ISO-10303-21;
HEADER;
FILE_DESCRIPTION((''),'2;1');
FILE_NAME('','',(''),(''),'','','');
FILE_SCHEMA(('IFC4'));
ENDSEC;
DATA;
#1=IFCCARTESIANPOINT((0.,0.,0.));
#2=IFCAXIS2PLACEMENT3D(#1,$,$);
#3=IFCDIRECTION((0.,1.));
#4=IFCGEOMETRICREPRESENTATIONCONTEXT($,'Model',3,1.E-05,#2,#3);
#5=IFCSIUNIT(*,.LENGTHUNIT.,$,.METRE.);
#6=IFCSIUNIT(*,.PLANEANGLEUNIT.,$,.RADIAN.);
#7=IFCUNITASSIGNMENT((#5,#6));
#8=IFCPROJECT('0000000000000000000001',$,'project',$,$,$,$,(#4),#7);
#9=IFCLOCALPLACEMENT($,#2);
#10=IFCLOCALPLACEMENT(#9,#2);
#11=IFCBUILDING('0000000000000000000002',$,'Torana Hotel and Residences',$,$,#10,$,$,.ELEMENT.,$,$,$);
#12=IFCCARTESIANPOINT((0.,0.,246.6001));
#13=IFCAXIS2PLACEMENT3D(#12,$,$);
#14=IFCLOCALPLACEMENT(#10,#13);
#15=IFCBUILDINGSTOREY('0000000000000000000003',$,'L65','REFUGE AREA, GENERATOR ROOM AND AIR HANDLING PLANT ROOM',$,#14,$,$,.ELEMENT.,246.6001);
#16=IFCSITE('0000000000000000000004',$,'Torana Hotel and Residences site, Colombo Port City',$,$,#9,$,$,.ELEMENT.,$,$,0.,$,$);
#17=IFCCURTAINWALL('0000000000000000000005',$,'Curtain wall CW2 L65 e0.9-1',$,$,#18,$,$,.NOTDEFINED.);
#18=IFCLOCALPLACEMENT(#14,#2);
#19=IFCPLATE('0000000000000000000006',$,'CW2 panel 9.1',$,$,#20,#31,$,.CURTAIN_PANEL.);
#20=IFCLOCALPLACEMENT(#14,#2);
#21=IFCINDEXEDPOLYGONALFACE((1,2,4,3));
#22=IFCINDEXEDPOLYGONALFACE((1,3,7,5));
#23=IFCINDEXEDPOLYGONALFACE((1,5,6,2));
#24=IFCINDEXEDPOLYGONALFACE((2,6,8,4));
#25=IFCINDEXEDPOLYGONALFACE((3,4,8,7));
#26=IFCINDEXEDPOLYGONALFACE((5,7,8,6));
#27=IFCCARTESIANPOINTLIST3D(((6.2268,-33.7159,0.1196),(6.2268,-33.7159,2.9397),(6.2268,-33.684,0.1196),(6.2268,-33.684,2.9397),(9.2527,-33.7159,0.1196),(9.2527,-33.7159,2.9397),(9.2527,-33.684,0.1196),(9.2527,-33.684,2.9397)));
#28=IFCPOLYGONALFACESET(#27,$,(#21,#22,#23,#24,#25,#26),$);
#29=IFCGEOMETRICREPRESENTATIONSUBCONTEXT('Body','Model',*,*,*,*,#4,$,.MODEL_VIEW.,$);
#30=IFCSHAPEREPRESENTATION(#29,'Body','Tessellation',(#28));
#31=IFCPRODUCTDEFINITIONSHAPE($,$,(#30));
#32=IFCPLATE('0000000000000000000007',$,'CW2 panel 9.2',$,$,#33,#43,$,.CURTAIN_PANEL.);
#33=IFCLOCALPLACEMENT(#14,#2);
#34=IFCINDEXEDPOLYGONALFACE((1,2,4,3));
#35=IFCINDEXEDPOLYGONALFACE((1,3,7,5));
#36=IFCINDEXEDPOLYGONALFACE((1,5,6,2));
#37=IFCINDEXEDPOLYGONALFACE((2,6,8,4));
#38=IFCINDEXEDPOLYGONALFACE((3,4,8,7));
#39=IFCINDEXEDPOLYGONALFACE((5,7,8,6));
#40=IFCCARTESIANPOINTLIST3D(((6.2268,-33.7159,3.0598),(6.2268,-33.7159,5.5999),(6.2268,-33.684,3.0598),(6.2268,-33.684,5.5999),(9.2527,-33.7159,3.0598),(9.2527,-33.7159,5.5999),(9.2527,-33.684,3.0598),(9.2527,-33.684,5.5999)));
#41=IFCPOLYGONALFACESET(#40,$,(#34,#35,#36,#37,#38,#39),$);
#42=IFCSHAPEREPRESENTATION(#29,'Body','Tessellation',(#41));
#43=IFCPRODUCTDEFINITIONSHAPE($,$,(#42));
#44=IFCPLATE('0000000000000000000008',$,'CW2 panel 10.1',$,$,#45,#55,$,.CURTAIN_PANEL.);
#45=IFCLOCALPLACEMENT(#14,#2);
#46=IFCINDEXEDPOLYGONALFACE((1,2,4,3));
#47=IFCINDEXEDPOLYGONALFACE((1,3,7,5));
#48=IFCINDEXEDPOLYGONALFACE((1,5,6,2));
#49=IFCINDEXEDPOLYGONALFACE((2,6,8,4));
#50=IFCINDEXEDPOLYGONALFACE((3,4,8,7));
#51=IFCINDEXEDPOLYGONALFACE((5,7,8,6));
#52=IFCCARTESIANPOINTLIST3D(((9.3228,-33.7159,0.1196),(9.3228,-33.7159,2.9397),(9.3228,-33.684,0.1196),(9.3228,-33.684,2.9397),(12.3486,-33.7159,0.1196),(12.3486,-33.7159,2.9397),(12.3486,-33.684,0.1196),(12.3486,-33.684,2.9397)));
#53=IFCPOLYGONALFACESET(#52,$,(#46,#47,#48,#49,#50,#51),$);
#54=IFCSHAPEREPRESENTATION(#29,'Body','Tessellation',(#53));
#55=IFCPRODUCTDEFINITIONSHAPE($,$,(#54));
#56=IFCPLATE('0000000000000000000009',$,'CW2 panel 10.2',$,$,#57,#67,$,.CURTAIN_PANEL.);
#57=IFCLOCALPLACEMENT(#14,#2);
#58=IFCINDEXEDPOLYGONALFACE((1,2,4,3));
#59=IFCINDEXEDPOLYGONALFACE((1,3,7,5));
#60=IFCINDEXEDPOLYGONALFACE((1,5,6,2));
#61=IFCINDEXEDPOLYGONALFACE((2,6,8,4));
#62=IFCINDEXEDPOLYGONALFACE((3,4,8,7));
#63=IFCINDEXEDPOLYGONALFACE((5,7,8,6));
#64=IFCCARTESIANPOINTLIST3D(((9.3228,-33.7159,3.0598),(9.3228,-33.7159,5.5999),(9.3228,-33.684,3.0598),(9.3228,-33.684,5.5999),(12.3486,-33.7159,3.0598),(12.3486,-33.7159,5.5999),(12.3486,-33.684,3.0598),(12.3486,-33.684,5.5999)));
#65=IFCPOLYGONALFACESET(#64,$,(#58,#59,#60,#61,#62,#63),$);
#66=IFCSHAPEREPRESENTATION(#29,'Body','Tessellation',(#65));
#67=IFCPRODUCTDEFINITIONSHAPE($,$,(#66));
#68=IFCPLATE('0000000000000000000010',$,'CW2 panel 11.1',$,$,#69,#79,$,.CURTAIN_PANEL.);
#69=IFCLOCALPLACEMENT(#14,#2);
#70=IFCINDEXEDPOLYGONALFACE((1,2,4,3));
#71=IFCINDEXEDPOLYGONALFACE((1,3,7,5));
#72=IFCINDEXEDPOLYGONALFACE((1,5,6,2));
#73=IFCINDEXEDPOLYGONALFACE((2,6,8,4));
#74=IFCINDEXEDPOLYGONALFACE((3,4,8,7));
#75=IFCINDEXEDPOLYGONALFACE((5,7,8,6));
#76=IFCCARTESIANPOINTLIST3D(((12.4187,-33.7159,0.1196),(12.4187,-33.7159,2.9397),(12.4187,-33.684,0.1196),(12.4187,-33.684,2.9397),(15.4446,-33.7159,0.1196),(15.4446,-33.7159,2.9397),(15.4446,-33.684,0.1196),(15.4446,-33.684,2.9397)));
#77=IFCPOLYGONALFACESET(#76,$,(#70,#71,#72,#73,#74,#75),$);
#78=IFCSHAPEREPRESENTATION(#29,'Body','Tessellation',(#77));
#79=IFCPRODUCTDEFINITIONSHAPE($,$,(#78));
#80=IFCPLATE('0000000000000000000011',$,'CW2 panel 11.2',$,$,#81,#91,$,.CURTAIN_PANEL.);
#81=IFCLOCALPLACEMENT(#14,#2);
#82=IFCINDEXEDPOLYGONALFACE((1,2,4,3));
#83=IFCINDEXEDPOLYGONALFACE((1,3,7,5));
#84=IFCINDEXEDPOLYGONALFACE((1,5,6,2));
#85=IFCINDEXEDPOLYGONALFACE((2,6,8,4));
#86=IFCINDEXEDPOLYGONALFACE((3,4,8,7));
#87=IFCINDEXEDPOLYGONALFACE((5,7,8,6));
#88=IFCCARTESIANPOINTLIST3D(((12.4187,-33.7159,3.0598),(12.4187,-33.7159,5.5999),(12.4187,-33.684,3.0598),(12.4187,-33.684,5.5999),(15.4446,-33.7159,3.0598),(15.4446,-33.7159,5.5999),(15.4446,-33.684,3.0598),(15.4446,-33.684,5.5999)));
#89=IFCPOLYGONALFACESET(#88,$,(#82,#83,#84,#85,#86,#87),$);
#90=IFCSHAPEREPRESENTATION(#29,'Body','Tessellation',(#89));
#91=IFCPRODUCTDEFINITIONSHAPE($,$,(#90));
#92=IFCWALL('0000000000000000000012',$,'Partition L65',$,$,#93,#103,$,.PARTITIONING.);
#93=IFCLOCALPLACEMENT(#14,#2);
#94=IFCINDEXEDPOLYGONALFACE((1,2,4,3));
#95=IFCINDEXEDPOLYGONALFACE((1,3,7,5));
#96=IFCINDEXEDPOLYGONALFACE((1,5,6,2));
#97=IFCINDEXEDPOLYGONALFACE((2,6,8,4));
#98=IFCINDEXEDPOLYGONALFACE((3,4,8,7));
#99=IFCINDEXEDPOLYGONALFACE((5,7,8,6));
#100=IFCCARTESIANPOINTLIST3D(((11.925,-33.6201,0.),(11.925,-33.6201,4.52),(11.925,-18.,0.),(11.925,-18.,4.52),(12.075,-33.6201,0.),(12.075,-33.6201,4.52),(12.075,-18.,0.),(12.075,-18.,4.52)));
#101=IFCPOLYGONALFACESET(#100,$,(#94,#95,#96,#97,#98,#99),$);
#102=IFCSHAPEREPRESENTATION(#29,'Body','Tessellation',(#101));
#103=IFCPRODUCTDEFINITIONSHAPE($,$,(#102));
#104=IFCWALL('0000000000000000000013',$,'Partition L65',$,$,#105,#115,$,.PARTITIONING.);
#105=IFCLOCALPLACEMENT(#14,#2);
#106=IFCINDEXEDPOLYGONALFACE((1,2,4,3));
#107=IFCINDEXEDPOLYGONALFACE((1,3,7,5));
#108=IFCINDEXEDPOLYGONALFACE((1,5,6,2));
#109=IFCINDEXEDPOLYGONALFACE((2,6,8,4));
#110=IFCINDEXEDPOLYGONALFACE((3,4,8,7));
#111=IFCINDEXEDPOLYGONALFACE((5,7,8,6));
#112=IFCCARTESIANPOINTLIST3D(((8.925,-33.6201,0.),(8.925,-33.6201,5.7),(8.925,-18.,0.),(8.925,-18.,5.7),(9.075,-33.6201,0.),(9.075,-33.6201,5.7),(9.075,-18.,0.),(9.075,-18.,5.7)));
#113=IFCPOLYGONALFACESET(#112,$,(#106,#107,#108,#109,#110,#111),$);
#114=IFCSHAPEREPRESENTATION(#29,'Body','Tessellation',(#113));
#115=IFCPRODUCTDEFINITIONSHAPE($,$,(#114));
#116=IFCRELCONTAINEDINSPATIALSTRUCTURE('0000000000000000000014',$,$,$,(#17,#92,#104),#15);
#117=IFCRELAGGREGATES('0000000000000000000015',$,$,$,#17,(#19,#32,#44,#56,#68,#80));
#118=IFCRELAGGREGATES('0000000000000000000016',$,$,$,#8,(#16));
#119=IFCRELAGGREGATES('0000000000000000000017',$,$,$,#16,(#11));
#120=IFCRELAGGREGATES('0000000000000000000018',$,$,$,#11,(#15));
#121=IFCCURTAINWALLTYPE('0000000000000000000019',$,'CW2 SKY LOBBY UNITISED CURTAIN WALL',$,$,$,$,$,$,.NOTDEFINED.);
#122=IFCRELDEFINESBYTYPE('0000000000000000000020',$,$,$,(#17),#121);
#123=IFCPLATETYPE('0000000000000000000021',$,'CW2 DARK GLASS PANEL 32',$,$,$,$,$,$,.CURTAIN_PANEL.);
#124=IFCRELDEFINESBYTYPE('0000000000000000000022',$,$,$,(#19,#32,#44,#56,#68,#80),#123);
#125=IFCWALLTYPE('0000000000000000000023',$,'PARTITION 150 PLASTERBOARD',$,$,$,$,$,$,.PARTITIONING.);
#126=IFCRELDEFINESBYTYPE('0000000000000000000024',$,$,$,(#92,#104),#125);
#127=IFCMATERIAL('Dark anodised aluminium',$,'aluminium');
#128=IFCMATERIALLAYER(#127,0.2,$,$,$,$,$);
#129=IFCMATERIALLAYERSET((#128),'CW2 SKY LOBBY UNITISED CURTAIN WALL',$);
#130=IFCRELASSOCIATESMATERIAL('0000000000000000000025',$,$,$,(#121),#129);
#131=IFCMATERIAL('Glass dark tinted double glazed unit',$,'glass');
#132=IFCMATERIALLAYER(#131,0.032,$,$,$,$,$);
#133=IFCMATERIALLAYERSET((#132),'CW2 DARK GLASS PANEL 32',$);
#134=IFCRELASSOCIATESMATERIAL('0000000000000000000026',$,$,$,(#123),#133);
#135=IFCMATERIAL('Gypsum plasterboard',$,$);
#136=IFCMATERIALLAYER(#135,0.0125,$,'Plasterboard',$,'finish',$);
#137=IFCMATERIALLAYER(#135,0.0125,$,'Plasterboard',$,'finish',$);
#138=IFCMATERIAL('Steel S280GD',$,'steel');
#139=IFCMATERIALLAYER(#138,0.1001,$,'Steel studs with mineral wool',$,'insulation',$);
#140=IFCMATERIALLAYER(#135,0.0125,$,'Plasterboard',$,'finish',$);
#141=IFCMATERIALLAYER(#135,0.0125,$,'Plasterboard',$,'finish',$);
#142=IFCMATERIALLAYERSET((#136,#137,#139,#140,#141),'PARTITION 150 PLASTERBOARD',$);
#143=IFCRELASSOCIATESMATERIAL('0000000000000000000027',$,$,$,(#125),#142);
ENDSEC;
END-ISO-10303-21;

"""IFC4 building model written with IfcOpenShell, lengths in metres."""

from ifc_helpers import new_model, si_unit, direction, frame, frame_2d, origin, origin_2d, place, context, subcontext, project, spatial, rectangle, extrude, material, layer, layer_set, type_object, element, aggregate, save


model = new_model("IFC4")

# Units and contexts
model_context = context("Model", 3, precision=1e-05, world=origin(), true_north=direction((0.0, 1.0)))
body_context = subcontext(model_context, "Body", "Model", "MODEL_VIEW")
ifc_project = project(units=[si_unit("LENGTHUNIT", "METRE"), si_unit("PLANEANGLEUNIT", "RADIAN")], contexts=[model_context])

# Site, building, storey
site_placement = place(None, origin())
site = spatial("IfcSite", under=ifc_project, at=site_placement, Name="Torana Hotel and Residences site, Colombo Port City", CompositionType="ELEMENT", RefElevation=0.0)
building_placement = place(site_placement, origin())
building = spatial("IfcBuilding", under=site, at=building_placement, Name="Torana Hotel and Residences", CompositionType="ELEMENT")
storey_placement = place(building_placement, frame((0.0, 0.0, 246.6001)))
storey = spatial("IfcBuildingStorey", under=building, at=storey_placement, Name="L65", Description="REFUGE AREA, GENERATOR ROOM AND AIR HANDLING PLANT ROOM", CompositionType="ELEMENT", Elevation=246.6001)

# Curtain wall, plates
ifc_material_1 = material(Name="Dark anodised aluminium", Category="aluminium")
ifc_layer_1 = layer(ifc_material_1, 0.2)
ifc_layer_set_1 = layer_set([ifc_layer_1], Name="CW2 SKY LOBBY UNITISED CURTAIN WALL")
curtain_wall_type = type_object("IfcCurtainWallType", Name="CW2 SKY LOBBY UNITISED CURTAIN WALL", PredefinedType="NOTDEFINED", material=ifc_layer_set_1)
curtain_wall_placement = place(storey_placement, origin())
curtain_wall = element("IfcCurtainWall", 1, at=curtain_wall_placement, inside=storey, type_object=curtain_wall_type, Name="Curtain wall CW2 L65 e0.9-1", PredefinedType="NOTDEFINED")
ifc_material_2 = material(Name="Glass dark tinted double glazed unit", Category="glass")
ifc_layer_2 = layer(ifc_material_2, 0.032)
ifc_layer_set_2 = layer_set([ifc_layer_2], Name="CW2 DARK GLASS PANEL 32")
plate_type = type_object("IfcPlateType", Name="CW2 DARK GLASS PANEL 32", PredefinedType="CURTAIN_PANEL", material=ifc_layer_set_2)
plate_1_placement = place(storey_placement, frame((7.7397, -33.7, 0.1196), z_axis=(0.0, 0.0, 1.0), x_axis=(1.0, 0.0, 0.0)))
plate_1 = element("IfcPlate", 2, at=plate_1_placement, type_object=plate_type, Name="CW2 panel 9.1", PredefinedType="CURTAIN_PANEL", context=body_context, shape_type="SweptSolid", body=[
    extrude(rectangle(XDim=3.0259, YDim=0.032, at=origin_2d()), origin(), (0.0, 0.0, 1.0), 2.8201),
])
plate_2_placement = place(storey_placement, frame((7.7397, -33.7, 3.0598), z_axis=(0.0, 0.0, 1.0), x_axis=(1.0, 0.0, 0.0)))
plate_2 = element("IfcPlate", 3, at=plate_2_placement, type_object=plate_type, Name="CW2 panel 9.2", PredefinedType="CURTAIN_PANEL", context=body_context, shape_type="SweptSolid", body=[
    extrude(rectangle(XDim=3.0259, YDim=0.032, at=origin_2d()), origin(), (0.0, 0.0, 1.0), 2.54),
])
plate_3_placement = place(storey_placement, frame((10.8357, -33.7, 0.1196), z_axis=(0.0, 0.0, 1.0), x_axis=(1.0, 0.0, 0.0)))
plate_3 = element("IfcPlate", 4, at=plate_3_placement, type_object=plate_type, Name="CW2 panel 10.1", PredefinedType="CURTAIN_PANEL", context=body_context, shape_type="SweptSolid", body=[
    extrude(rectangle(XDim=3.0259, YDim=0.032, at=origin_2d()), origin(), (0.0, 0.0, 1.0), 2.8201),
])
plate_4_placement = place(storey_placement, frame((10.8357, -33.7, 3.0598), z_axis=(0.0, 0.0, 1.0), x_axis=(1.0, 0.0, 0.0)))
plate_4 = element("IfcPlate", 5, at=plate_4_placement, type_object=plate_type, Name="CW2 panel 10.2", PredefinedType="CURTAIN_PANEL", context=body_context, shape_type="SweptSolid", body=[
    extrude(rectangle(XDim=3.0259, YDim=0.032, at=origin_2d()), origin(), (0.0, 0.0, 1.0), 2.54),
])
plate_5_placement = place(storey_placement, frame((13.9316, -33.7, 0.1196), z_axis=(0.0, 0.0, 1.0), x_axis=(1.0, 0.0, 0.0)))
plate_5 = element("IfcPlate", 6, at=plate_5_placement, type_object=plate_type, Name="CW2 panel 11.1", PredefinedType="CURTAIN_PANEL", context=body_context, shape_type="SweptSolid", body=[
    extrude(rectangle(XDim=3.0259, YDim=0.032, at=origin_2d()), origin(), (0.0, 0.0, 1.0), 2.8201),
])
plate_6_placement = place(storey_placement, frame((13.9316, -33.7, 3.0598), z_axis=(0.0, 0.0, 1.0), x_axis=(1.0, 0.0, 0.0)))
plate_6 = element("IfcPlate", 7, at=plate_6_placement, type_object=plate_type, Name="CW2 panel 11.2", PredefinedType="CURTAIN_PANEL", context=body_context, shape_type="SweptSolid", body=[
    extrude(rectangle(XDim=3.0259, YDim=0.032, at=origin_2d()), origin(), (0.0, 0.0, 1.0), 2.54),
])
aggregate(curtain_wall, [plate_1, plate_2, plate_3, plate_4, plate_5, plate_6])

# Walls
ifc_material_3 = material(Name="Gypsum plasterboard")
ifc_layer_3 = layer(ifc_material_3, 0.0125, Name="Plasterboard", Category="finish")
ifc_layer_4 = layer(ifc_material_3, 0.0125, Name="Plasterboard", Category="finish")
ifc_material_4 = material(Name="Steel S280GD", Category="steel")
ifc_layer_5 = layer(ifc_material_4, 0.1001, Name="Steel studs with mineral wool", Category="insulation")
ifc_layer_6 = layer(ifc_material_3, 0.0125, Name="Plasterboard", Category="finish")
ifc_layer_7 = layer(ifc_material_3, 0.0125, Name="Plasterboard", Category="finish")
ifc_layer_set_3 = layer_set([ifc_layer_3, ifc_layer_4, ifc_layer_5, ifc_layer_6, ifc_layer_7], Name="PARTITION 150 PLASTERBOARD")
wall_type = type_object("IfcWallType", Name="PARTITION 150 PLASTERBOARD", PredefinedType="PARTITIONING", material=ifc_layer_set_3)
wall_1_placement = place(storey_placement, frame((12.0, -33.6201, 0.0), z_axis=(0.0, 0.0, 1.0), x_axis=(0.0, 1.0, 0.0)))
element("IfcWall", 8, at=wall_1_placement, inside=storey, type_object=wall_type, Name="Partition L65", PredefinedType="PARTITIONING", context=body_context, shape_type="SweptSolid", body=[
    extrude(rectangle(XDim=15.6201, YDim=0.1499, at=frame_2d((7.8101, 0.0))), origin(), (0.0, 0.0, 1.0), 4.52),
])
wall_2_placement = place(storey_placement, frame((9.0, -33.6201, 0.0), z_axis=(0.0, 0.0, 1.0), x_axis=(0.0, 1.0, 0.0)))
element("IfcWall", 9, at=wall_2_placement, inside=storey, type_object=wall_type, Name="Partition L65", PredefinedType="PARTITIONING", context=body_context, shape_type="SweptSolid", body=[
    extrude(rectangle(XDim=15.6201, YDim=0.1499, at=frame_2d((7.8101, 0.0))), origin(), (0.0, 0.0, 1.0), 5.7),
])

save(model, "model.ifc")
